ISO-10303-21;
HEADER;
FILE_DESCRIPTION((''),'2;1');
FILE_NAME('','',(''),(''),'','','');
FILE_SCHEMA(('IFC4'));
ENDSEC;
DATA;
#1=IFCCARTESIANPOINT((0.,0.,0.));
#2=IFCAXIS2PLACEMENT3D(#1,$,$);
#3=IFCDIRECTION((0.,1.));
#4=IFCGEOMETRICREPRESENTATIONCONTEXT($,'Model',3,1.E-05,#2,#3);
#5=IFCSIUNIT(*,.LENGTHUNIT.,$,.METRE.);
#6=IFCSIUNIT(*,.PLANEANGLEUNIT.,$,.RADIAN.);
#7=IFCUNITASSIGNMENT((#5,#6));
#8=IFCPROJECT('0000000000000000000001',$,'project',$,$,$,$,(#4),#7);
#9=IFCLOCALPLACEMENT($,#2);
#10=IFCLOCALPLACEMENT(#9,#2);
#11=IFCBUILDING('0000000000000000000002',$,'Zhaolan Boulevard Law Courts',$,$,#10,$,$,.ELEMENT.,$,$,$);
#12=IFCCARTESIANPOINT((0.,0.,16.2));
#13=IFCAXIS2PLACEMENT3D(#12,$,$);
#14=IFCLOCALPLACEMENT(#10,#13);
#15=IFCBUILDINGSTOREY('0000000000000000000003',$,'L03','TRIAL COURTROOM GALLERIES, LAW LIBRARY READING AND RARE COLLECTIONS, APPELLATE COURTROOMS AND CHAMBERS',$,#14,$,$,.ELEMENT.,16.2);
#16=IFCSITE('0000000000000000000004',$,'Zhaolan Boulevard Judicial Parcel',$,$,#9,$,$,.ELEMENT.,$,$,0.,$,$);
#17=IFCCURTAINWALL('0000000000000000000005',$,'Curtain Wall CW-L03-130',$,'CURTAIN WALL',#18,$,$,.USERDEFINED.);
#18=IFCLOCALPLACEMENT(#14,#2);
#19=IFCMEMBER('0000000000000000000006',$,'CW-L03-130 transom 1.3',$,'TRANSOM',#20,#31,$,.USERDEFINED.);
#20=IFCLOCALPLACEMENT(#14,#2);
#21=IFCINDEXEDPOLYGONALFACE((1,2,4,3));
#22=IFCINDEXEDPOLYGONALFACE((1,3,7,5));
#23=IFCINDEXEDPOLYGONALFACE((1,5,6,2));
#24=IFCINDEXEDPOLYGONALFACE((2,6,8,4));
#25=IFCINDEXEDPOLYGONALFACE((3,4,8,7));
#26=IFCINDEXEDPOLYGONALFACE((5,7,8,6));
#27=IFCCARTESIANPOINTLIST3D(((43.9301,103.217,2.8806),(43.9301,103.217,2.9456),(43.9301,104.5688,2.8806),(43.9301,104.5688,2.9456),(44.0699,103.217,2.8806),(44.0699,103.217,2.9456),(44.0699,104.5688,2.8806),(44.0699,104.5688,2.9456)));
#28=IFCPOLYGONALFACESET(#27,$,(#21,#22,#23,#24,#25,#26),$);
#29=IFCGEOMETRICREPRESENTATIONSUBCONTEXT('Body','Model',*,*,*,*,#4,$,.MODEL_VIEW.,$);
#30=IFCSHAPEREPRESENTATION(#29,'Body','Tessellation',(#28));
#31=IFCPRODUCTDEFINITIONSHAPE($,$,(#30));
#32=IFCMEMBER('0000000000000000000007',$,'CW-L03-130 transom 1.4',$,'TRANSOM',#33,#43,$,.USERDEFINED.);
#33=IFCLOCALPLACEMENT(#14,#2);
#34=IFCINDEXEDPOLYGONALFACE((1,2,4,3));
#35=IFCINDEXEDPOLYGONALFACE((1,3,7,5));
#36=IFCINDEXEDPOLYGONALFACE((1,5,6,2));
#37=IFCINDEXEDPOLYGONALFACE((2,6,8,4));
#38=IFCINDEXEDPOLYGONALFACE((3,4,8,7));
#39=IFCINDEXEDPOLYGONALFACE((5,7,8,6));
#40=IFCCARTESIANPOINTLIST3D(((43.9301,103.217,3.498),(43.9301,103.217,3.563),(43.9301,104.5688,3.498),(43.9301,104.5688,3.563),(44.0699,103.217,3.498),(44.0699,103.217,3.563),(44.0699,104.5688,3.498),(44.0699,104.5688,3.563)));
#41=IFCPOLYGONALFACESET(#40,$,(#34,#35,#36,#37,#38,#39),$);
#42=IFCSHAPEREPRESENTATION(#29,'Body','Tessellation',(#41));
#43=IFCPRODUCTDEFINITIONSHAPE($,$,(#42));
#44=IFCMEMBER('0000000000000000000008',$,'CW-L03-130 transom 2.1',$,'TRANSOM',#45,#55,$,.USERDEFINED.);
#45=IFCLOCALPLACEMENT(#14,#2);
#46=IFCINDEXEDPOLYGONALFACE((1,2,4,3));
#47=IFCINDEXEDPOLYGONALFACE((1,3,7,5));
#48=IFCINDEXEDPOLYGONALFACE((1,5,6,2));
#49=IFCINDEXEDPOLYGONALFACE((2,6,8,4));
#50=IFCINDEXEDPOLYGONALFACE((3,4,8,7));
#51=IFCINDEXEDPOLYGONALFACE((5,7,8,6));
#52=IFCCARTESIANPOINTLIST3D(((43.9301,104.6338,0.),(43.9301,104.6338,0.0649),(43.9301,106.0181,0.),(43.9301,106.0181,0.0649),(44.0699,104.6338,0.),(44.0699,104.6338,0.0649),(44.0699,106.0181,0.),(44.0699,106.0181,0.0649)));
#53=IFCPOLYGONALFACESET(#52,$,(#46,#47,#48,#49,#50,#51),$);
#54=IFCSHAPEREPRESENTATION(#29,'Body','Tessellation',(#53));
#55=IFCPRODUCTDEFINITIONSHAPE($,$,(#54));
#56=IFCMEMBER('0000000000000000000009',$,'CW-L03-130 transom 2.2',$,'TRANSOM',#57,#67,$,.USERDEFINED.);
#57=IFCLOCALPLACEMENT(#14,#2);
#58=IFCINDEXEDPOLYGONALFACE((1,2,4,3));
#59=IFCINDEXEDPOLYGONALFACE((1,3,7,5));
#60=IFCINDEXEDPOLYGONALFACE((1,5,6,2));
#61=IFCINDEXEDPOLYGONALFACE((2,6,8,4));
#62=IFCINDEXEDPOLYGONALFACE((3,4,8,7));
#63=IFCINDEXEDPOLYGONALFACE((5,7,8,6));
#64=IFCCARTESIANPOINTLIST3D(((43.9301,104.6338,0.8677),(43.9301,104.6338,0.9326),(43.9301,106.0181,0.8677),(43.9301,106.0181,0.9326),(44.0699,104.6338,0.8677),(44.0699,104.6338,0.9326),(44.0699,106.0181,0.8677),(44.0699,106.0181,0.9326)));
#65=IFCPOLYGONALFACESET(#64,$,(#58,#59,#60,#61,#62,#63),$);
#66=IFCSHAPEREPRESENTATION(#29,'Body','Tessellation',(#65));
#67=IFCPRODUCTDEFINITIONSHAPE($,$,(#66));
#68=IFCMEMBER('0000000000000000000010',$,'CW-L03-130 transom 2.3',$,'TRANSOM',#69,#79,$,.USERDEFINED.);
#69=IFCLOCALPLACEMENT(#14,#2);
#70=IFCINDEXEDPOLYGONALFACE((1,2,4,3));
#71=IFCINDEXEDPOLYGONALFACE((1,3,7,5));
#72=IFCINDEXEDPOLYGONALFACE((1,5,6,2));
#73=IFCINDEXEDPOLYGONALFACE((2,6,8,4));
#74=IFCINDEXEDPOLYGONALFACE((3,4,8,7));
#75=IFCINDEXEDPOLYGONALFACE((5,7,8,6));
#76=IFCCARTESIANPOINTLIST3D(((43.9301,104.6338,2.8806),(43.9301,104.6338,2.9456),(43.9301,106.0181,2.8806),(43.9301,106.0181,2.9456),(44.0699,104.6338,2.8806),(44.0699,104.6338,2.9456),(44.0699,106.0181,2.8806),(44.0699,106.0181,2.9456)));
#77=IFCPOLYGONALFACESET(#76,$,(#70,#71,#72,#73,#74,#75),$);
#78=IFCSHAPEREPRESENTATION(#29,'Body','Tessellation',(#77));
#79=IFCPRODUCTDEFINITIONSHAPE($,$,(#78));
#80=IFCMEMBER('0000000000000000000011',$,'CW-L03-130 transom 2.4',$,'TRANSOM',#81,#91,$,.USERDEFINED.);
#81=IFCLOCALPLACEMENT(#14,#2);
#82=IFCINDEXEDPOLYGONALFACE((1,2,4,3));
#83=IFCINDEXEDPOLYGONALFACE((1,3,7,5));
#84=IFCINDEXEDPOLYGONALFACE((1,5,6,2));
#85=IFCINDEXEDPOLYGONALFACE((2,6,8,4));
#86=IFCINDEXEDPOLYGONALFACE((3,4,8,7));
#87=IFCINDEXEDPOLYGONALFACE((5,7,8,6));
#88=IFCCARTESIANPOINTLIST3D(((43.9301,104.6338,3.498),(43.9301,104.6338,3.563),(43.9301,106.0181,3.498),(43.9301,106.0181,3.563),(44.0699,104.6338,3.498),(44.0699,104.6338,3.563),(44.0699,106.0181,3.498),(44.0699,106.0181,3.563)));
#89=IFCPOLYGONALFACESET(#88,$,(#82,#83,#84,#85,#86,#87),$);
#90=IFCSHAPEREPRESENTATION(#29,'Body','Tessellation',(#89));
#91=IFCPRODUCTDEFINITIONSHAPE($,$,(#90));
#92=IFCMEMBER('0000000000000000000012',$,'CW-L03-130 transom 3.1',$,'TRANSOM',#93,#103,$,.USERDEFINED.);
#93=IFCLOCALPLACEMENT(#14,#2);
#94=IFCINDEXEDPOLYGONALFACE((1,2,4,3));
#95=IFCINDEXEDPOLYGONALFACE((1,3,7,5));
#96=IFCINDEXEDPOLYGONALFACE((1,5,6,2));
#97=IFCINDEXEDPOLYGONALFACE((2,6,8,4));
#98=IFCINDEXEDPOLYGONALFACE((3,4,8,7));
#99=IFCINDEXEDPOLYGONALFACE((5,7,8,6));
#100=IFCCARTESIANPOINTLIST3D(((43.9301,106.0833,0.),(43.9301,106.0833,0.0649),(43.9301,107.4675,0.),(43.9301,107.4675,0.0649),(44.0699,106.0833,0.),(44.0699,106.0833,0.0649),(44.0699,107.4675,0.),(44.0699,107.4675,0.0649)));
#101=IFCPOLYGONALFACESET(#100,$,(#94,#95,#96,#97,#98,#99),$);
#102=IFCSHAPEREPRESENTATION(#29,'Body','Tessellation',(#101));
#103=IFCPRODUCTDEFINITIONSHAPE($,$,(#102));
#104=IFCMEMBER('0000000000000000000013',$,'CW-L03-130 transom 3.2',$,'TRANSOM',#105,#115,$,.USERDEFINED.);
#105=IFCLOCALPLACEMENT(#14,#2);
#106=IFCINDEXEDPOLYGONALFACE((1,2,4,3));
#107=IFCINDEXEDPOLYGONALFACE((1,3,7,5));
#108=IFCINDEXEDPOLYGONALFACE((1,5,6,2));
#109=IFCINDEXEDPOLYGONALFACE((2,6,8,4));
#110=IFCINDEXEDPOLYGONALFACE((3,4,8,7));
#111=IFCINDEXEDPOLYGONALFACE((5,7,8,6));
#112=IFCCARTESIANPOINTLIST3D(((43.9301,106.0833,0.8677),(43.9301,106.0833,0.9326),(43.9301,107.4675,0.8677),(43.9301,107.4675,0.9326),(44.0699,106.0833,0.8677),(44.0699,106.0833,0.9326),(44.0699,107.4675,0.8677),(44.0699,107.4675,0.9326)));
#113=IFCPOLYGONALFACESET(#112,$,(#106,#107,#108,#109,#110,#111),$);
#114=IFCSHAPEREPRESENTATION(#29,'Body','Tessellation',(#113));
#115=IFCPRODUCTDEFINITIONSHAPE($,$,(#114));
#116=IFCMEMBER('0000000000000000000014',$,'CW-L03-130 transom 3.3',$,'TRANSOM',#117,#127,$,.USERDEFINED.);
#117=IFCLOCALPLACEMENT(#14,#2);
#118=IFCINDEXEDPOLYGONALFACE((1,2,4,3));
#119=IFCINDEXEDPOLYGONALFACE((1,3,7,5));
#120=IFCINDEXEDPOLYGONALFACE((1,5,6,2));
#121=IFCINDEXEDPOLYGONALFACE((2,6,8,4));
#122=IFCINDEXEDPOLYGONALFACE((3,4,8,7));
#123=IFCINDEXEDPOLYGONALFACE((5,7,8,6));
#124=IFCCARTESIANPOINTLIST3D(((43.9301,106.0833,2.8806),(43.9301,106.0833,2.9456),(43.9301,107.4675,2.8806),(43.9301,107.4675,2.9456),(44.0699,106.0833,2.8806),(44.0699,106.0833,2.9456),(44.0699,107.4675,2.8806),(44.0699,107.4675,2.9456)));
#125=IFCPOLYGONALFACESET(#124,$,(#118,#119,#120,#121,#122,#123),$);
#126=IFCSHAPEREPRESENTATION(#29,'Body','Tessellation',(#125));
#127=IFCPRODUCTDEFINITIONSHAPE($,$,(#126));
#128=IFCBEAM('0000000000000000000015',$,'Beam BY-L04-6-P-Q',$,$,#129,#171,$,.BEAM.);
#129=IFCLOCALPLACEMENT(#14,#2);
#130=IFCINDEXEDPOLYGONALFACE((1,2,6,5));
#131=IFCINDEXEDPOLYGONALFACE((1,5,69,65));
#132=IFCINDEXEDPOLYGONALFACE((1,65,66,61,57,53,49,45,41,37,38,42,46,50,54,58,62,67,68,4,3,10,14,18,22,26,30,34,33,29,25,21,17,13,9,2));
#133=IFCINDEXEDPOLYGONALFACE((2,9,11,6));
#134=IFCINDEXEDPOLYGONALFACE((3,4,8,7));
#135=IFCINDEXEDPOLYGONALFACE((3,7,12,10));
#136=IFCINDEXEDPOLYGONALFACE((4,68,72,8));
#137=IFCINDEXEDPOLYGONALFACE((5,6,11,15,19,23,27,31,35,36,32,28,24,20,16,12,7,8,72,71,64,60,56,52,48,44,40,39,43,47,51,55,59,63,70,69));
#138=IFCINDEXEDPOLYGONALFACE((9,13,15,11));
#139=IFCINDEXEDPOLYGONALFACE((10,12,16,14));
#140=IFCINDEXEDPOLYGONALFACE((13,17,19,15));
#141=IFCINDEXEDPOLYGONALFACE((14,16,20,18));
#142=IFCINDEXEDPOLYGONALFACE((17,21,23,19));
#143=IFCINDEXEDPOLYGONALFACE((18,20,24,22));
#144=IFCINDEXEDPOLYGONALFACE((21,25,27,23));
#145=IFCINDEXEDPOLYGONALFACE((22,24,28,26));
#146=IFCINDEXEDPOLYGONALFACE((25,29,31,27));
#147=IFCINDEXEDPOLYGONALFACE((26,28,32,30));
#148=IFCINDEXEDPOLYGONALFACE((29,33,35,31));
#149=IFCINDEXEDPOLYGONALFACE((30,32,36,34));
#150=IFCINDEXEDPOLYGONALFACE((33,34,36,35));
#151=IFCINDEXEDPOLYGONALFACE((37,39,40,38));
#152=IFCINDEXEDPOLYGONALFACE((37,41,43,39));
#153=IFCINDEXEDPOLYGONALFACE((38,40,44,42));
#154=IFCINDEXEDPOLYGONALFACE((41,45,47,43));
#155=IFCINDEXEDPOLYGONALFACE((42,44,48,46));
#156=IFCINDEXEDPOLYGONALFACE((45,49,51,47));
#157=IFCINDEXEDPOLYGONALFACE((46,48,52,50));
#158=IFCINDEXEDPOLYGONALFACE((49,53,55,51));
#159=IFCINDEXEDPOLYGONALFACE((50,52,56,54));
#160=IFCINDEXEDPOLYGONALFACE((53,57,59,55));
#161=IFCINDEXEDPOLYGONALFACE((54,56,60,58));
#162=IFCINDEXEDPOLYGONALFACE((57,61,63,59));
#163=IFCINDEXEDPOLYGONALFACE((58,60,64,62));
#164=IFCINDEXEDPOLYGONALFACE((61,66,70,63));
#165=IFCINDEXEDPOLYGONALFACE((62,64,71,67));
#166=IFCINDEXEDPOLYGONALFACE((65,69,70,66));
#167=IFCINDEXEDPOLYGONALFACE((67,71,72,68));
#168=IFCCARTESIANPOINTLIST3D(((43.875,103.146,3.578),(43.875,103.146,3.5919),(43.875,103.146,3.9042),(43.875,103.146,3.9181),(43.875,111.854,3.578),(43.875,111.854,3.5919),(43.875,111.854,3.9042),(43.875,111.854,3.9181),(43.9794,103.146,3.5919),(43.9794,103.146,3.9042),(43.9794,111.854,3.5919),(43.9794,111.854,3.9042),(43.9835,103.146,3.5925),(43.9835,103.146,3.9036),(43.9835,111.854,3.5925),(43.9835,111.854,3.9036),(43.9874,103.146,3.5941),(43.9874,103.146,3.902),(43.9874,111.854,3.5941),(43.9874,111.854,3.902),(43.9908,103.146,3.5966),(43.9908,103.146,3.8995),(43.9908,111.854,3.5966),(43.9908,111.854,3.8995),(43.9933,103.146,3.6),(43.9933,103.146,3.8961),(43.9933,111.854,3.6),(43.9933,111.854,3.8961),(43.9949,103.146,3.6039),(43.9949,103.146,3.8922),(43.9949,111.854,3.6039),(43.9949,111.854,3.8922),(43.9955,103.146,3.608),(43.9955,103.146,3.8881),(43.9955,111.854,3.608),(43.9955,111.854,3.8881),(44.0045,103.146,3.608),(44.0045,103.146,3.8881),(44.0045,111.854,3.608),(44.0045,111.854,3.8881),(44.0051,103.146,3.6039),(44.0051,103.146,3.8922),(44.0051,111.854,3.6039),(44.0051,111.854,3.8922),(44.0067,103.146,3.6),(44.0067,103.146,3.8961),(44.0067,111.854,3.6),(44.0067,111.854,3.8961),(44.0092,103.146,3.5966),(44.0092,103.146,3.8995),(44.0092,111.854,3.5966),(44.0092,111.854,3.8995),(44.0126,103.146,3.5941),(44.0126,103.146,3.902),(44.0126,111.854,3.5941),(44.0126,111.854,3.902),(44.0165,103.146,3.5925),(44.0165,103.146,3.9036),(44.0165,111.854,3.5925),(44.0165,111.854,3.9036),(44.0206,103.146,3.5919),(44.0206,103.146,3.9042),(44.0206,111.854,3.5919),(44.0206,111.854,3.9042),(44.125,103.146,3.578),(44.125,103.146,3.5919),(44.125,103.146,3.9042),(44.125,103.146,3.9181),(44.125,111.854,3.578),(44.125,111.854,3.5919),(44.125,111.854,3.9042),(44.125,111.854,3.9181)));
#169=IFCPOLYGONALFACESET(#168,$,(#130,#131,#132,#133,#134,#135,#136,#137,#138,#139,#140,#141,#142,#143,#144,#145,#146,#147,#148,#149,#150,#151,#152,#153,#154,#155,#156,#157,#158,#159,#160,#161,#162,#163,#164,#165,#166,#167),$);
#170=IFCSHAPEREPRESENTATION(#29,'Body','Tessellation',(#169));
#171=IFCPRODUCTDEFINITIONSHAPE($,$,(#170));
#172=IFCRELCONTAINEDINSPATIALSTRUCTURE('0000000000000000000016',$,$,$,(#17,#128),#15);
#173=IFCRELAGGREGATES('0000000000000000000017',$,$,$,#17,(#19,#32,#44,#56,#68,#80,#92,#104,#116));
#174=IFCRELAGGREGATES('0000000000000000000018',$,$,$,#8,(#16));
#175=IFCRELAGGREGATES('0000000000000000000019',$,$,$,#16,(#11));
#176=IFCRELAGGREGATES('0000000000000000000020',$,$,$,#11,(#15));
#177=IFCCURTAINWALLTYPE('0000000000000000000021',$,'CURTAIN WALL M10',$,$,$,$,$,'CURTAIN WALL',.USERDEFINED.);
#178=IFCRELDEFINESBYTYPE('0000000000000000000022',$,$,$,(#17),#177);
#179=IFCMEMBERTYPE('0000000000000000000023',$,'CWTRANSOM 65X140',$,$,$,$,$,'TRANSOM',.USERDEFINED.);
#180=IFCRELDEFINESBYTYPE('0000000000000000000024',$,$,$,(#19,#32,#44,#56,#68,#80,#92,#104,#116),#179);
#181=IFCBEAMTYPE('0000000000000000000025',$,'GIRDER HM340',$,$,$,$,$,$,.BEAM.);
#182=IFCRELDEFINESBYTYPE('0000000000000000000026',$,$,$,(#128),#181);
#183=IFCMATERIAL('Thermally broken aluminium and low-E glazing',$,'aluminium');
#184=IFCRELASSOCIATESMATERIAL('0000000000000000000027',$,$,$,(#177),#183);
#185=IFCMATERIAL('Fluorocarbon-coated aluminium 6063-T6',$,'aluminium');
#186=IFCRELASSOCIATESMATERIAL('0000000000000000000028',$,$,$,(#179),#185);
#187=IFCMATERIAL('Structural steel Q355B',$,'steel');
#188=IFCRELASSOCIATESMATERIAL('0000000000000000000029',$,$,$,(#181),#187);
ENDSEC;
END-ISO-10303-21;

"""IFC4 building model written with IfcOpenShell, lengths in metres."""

from ifc_helpers import new_model, si_unit, direction, frame, origin, origin_2d, place, context, subcontext, project, spatial, rectangle, i_section, extrude, material, material_profile, profile_set, type_object, element, aggregate, save


model = new_model("IFC4")

# Units and contexts
model_context = context("Model", 3, precision=1e-05, world=origin(), true_north=direction((0.0, 1.0)))
body_context = subcontext(model_context, "Body", "Model", "MODEL_VIEW")
ifc_project = project(units=[si_unit("LENGTHUNIT", "METRE"), si_unit("PLANEANGLEUNIT", "RADIAN")], contexts=[model_context])

# Site, building, storey
site_placement = place(None, origin())
site = spatial("IfcSite", under=ifc_project, at=site_placement, Name="Zhaolan Boulevard Judicial Parcel", CompositionType="ELEMENT", RefElevation=0.0)
building_placement = place(site_placement, origin())
building = spatial("IfcBuilding", under=site, at=building_placement, Name="Zhaolan Boulevard Law Courts", CompositionType="ELEMENT")
storey_placement = place(building_placement, frame((0.0, 0.0, 16.2)))
storey = spatial("IfcBuildingStorey", under=building, at=storey_placement, Name="L03", Description="TRIAL COURTROOM GALLERIES, LAW LIBRARY READING AND RARE COLLECTIONS, APPELLATE COURTROOMS AND CHAMBERS", CompositionType="ELEMENT", Elevation=16.2)

# Curtain wall
ifc_material_1 = material(Name="Thermally broken aluminium and low-E glazing", Category="aluminium")
curtain_wall_type_1 = type_object("IfcCurtainWallType", Name="CURTAIN WALL M10", ElementType="CURTAIN WALL", PredefinedType="USERDEFINED", material=ifc_material_1)
curtain_wall_1_placement = place(storey_placement, origin())
curtain_wall_1 = element("IfcCurtainWall", 1, at=curtain_wall_1_placement, inside=storey, type_object=curtain_wall_type_1, Name="Curtain Wall CW-L03-130", ObjectType="CURTAIN WALL", PredefinedType="USERDEFINED")

# Members
ifc_material_2 = material(Name="Fluorocarbon-coated aluminium 6063-T6", Category="aluminium")
ifc_material_profile_1 = material_profile(ifc_material_2, rectangle(XDim=0.1399, YDim=0.0649, at=origin_2d()), Name="AL65x140")
ifc_profile_set_1 = profile_set([ifc_material_profile_1], Name="Fluorocarbon-coated aluminium 6063-T6")
member_type_1 = type_object("IfcMemberType", Name="CWTRANSOM 65X140", ElementType="TRANSOM", PredefinedType="USERDEFINED", material=ifc_profile_set_1)
member_1_placement = place(storey_placement, frame((44.0, 103.217, 2.9131), z_axis=(0.0, 1.0, 0.0), x_axis=(-1.0, 0.0, 0.0)))
member_1 = element("IfcMember", 2, at=member_1_placement, type_object=member_type_1, Name="CW-L03-130 transom 1.3", ObjectType="TRANSOM", PredefinedType="USERDEFINED", context=body_context, shape_type="SweptSolid", body=[
    extrude(rectangle(XDim=0.1399, YDim=0.0649, at=origin_2d()), origin(), (0.0, 0.0, 1.0), 1.3518),
])
member_2_placement = place(storey_placement, frame((44.0, 103.217, 3.5305), z_axis=(0.0, 1.0, 0.0), x_axis=(-1.0, 0.0, 0.0)))
member_2 = element("IfcMember", 3, at=member_2_placement, type_object=member_type_1, Name="CW-L03-130 transom 1.4", ObjectType="TRANSOM", PredefinedType="USERDEFINED", context=body_context, shape_type="SweptSolid", body=[
    extrude(rectangle(XDim=0.1399, YDim=0.0649, at=origin_2d()), origin(), (0.0, 0.0, 1.0), 1.3518),
])
member_3_placement = place(storey_placement, frame((44.0, 104.6338, 0.0325), z_axis=(0.0, 1.0, 0.0), x_axis=(-1.0, 0.0, 0.0)))
member_3 = element("IfcMember", 4, at=member_3_placement, type_object=member_type_1, Name="CW-L03-130 transom 2.1", ObjectType="TRANSOM", PredefinedType="USERDEFINED", context=body_context, shape_type="SweptSolid", body=[
    extrude(rectangle(XDim=0.1399, YDim=0.0649, at=origin_2d()), origin(), (0.0, 0.0, 1.0), 1.3843),
])
member_4_placement = place(storey_placement, frame((44.0, 104.6338, 0.9001), z_axis=(0.0, 1.0, 0.0), x_axis=(-1.0, 0.0, 0.0)))
member_4 = element("IfcMember", 5, at=member_4_placement, type_object=member_type_1, Name="CW-L03-130 transom 2.2", ObjectType="TRANSOM", PredefinedType="USERDEFINED", context=body_context, shape_type="SweptSolid", body=[
    extrude(rectangle(XDim=0.1399, YDim=0.0649, at=origin_2d()), origin(), (0.0, 0.0, 1.0), 1.3843),
])
member_5_placement = place(storey_placement, frame((44.0, 104.6338, 2.9131), z_axis=(0.0, 1.0, 0.0), x_axis=(-1.0, 0.0, 0.0)))
member_5 = element("IfcMember", 6, at=member_5_placement, type_object=member_type_1, Name="CW-L03-130 transom 2.3", ObjectType="TRANSOM", PredefinedType="USERDEFINED", context=body_context, shape_type="SweptSolid", body=[
    extrude(rectangle(XDim=0.1399, YDim=0.0649, at=origin_2d()), origin(), (0.0, 0.0, 1.0), 1.3843),
])
member_6_placement = place(storey_placement, frame((44.0, 104.6338, 3.5305), z_axis=(0.0, 1.0, 0.0), x_axis=(-1.0, 0.0, 0.0)))
member_6 = element("IfcMember", 7, at=member_6_placement, type_object=member_type_1, Name="CW-L03-130 transom 2.4", ObjectType="TRANSOM", PredefinedType="USERDEFINED", context=body_context, shape_type="SweptSolid", body=[
    extrude(rectangle(XDim=0.1399, YDim=0.0649, at=origin_2d()), origin(), (0.0, 0.0, 1.0), 1.3843),
])
member_7_placement = place(storey_placement, frame((44.0, 106.0833, 0.0325), z_axis=(0.0, 1.0, 0.0), x_axis=(-1.0, 0.0, 0.0)))
member_7 = element("IfcMember", 8, at=member_7_placement, type_object=member_type_1, Name="CW-L03-130 transom 3.1", ObjectType="TRANSOM", PredefinedType="USERDEFINED", context=body_context, shape_type="SweptSolid", body=[
    extrude(rectangle(XDim=0.1399, YDim=0.0649, at=origin_2d()), origin(), (0.0, 0.0, 1.0), 1.3843),
])
member_8_placement = place(storey_placement, frame((44.0, 106.0833, 0.9001), z_axis=(0.0, 1.0, 0.0), x_axis=(-1.0, 0.0, 0.0)))
member_8 = element("IfcMember", 9, at=member_8_placement, type_object=member_type_1, Name="CW-L03-130 transom 3.2", ObjectType="TRANSOM", PredefinedType="USERDEFINED", context=body_context, shape_type="SweptSolid", body=[
    extrude(rectangle(XDim=0.1399, YDim=0.0649, at=origin_2d()), origin(), (0.0, 0.0, 1.0), 1.3843),
])
member_9_placement = place(storey_placement, frame((44.0, 106.0833, 2.9131), z_axis=(0.0, 1.0, 0.0), x_axis=(-1.0, 0.0, 0.0)))
member_9 = element("IfcMember", 10, at=member_9_placement, type_object=member_type_1, Name="CW-L03-130 transom 3.3", ObjectType="TRANSOM", PredefinedType="USERDEFINED", context=body_context, shape_type="SweptSolid", body=[
    extrude(rectangle(XDim=0.1399, YDim=0.0649, at=origin_2d()), origin(), (0.0, 0.0, 1.0), 1.3843),
])

# Beam
ifc_material_3 = material(Name="Structural steel Q355B", Category="steel")
ifc_material_profile_2 = material_profile(ifc_material_3, i_section(OverallWidth=0.25, OverallDepth=0.3401, WebThickness=0.009, FlangeThickness=0.0139, FilletRadius=0.0161, at=origin_2d()), Name="HM340x250")
ifc_profile_set_2 = profile_set([ifc_material_profile_2], Name="Structural steel Q355B")
beam_type_1 = type_object("IfcBeamType", Name="GIRDER HM340", PredefinedType="BEAM", material=ifc_profile_set_2)
beam_1_placement = place(storey_placement, frame((44.0, 103.146, 3.748), z_axis=(0.0, 1.0, 0.0), x_axis=(-1.0, 0.0, 0.0)))
element("IfcBeam", 11, at=beam_1_placement, inside=storey, type_object=beam_type_1, Name="Beam BY-L04-6-P-Q", PredefinedType="BEAM", context=body_context, shape_type="SweptSolid", body=[
    extrude(i_section(OverallWidth=0.25, OverallDepth=0.3401, WebThickness=0.009, FlangeThickness=0.0139, FilletRadius=0.0161, at=origin_2d()), origin(), (0.0, 0.0, 1.0), 8.708),
])

aggregate(curtain_wall_1, [member_1, member_2, member_3, member_4, member_5, member_6, member_7, member_8, member_9])

save(model, "model.ifc")
